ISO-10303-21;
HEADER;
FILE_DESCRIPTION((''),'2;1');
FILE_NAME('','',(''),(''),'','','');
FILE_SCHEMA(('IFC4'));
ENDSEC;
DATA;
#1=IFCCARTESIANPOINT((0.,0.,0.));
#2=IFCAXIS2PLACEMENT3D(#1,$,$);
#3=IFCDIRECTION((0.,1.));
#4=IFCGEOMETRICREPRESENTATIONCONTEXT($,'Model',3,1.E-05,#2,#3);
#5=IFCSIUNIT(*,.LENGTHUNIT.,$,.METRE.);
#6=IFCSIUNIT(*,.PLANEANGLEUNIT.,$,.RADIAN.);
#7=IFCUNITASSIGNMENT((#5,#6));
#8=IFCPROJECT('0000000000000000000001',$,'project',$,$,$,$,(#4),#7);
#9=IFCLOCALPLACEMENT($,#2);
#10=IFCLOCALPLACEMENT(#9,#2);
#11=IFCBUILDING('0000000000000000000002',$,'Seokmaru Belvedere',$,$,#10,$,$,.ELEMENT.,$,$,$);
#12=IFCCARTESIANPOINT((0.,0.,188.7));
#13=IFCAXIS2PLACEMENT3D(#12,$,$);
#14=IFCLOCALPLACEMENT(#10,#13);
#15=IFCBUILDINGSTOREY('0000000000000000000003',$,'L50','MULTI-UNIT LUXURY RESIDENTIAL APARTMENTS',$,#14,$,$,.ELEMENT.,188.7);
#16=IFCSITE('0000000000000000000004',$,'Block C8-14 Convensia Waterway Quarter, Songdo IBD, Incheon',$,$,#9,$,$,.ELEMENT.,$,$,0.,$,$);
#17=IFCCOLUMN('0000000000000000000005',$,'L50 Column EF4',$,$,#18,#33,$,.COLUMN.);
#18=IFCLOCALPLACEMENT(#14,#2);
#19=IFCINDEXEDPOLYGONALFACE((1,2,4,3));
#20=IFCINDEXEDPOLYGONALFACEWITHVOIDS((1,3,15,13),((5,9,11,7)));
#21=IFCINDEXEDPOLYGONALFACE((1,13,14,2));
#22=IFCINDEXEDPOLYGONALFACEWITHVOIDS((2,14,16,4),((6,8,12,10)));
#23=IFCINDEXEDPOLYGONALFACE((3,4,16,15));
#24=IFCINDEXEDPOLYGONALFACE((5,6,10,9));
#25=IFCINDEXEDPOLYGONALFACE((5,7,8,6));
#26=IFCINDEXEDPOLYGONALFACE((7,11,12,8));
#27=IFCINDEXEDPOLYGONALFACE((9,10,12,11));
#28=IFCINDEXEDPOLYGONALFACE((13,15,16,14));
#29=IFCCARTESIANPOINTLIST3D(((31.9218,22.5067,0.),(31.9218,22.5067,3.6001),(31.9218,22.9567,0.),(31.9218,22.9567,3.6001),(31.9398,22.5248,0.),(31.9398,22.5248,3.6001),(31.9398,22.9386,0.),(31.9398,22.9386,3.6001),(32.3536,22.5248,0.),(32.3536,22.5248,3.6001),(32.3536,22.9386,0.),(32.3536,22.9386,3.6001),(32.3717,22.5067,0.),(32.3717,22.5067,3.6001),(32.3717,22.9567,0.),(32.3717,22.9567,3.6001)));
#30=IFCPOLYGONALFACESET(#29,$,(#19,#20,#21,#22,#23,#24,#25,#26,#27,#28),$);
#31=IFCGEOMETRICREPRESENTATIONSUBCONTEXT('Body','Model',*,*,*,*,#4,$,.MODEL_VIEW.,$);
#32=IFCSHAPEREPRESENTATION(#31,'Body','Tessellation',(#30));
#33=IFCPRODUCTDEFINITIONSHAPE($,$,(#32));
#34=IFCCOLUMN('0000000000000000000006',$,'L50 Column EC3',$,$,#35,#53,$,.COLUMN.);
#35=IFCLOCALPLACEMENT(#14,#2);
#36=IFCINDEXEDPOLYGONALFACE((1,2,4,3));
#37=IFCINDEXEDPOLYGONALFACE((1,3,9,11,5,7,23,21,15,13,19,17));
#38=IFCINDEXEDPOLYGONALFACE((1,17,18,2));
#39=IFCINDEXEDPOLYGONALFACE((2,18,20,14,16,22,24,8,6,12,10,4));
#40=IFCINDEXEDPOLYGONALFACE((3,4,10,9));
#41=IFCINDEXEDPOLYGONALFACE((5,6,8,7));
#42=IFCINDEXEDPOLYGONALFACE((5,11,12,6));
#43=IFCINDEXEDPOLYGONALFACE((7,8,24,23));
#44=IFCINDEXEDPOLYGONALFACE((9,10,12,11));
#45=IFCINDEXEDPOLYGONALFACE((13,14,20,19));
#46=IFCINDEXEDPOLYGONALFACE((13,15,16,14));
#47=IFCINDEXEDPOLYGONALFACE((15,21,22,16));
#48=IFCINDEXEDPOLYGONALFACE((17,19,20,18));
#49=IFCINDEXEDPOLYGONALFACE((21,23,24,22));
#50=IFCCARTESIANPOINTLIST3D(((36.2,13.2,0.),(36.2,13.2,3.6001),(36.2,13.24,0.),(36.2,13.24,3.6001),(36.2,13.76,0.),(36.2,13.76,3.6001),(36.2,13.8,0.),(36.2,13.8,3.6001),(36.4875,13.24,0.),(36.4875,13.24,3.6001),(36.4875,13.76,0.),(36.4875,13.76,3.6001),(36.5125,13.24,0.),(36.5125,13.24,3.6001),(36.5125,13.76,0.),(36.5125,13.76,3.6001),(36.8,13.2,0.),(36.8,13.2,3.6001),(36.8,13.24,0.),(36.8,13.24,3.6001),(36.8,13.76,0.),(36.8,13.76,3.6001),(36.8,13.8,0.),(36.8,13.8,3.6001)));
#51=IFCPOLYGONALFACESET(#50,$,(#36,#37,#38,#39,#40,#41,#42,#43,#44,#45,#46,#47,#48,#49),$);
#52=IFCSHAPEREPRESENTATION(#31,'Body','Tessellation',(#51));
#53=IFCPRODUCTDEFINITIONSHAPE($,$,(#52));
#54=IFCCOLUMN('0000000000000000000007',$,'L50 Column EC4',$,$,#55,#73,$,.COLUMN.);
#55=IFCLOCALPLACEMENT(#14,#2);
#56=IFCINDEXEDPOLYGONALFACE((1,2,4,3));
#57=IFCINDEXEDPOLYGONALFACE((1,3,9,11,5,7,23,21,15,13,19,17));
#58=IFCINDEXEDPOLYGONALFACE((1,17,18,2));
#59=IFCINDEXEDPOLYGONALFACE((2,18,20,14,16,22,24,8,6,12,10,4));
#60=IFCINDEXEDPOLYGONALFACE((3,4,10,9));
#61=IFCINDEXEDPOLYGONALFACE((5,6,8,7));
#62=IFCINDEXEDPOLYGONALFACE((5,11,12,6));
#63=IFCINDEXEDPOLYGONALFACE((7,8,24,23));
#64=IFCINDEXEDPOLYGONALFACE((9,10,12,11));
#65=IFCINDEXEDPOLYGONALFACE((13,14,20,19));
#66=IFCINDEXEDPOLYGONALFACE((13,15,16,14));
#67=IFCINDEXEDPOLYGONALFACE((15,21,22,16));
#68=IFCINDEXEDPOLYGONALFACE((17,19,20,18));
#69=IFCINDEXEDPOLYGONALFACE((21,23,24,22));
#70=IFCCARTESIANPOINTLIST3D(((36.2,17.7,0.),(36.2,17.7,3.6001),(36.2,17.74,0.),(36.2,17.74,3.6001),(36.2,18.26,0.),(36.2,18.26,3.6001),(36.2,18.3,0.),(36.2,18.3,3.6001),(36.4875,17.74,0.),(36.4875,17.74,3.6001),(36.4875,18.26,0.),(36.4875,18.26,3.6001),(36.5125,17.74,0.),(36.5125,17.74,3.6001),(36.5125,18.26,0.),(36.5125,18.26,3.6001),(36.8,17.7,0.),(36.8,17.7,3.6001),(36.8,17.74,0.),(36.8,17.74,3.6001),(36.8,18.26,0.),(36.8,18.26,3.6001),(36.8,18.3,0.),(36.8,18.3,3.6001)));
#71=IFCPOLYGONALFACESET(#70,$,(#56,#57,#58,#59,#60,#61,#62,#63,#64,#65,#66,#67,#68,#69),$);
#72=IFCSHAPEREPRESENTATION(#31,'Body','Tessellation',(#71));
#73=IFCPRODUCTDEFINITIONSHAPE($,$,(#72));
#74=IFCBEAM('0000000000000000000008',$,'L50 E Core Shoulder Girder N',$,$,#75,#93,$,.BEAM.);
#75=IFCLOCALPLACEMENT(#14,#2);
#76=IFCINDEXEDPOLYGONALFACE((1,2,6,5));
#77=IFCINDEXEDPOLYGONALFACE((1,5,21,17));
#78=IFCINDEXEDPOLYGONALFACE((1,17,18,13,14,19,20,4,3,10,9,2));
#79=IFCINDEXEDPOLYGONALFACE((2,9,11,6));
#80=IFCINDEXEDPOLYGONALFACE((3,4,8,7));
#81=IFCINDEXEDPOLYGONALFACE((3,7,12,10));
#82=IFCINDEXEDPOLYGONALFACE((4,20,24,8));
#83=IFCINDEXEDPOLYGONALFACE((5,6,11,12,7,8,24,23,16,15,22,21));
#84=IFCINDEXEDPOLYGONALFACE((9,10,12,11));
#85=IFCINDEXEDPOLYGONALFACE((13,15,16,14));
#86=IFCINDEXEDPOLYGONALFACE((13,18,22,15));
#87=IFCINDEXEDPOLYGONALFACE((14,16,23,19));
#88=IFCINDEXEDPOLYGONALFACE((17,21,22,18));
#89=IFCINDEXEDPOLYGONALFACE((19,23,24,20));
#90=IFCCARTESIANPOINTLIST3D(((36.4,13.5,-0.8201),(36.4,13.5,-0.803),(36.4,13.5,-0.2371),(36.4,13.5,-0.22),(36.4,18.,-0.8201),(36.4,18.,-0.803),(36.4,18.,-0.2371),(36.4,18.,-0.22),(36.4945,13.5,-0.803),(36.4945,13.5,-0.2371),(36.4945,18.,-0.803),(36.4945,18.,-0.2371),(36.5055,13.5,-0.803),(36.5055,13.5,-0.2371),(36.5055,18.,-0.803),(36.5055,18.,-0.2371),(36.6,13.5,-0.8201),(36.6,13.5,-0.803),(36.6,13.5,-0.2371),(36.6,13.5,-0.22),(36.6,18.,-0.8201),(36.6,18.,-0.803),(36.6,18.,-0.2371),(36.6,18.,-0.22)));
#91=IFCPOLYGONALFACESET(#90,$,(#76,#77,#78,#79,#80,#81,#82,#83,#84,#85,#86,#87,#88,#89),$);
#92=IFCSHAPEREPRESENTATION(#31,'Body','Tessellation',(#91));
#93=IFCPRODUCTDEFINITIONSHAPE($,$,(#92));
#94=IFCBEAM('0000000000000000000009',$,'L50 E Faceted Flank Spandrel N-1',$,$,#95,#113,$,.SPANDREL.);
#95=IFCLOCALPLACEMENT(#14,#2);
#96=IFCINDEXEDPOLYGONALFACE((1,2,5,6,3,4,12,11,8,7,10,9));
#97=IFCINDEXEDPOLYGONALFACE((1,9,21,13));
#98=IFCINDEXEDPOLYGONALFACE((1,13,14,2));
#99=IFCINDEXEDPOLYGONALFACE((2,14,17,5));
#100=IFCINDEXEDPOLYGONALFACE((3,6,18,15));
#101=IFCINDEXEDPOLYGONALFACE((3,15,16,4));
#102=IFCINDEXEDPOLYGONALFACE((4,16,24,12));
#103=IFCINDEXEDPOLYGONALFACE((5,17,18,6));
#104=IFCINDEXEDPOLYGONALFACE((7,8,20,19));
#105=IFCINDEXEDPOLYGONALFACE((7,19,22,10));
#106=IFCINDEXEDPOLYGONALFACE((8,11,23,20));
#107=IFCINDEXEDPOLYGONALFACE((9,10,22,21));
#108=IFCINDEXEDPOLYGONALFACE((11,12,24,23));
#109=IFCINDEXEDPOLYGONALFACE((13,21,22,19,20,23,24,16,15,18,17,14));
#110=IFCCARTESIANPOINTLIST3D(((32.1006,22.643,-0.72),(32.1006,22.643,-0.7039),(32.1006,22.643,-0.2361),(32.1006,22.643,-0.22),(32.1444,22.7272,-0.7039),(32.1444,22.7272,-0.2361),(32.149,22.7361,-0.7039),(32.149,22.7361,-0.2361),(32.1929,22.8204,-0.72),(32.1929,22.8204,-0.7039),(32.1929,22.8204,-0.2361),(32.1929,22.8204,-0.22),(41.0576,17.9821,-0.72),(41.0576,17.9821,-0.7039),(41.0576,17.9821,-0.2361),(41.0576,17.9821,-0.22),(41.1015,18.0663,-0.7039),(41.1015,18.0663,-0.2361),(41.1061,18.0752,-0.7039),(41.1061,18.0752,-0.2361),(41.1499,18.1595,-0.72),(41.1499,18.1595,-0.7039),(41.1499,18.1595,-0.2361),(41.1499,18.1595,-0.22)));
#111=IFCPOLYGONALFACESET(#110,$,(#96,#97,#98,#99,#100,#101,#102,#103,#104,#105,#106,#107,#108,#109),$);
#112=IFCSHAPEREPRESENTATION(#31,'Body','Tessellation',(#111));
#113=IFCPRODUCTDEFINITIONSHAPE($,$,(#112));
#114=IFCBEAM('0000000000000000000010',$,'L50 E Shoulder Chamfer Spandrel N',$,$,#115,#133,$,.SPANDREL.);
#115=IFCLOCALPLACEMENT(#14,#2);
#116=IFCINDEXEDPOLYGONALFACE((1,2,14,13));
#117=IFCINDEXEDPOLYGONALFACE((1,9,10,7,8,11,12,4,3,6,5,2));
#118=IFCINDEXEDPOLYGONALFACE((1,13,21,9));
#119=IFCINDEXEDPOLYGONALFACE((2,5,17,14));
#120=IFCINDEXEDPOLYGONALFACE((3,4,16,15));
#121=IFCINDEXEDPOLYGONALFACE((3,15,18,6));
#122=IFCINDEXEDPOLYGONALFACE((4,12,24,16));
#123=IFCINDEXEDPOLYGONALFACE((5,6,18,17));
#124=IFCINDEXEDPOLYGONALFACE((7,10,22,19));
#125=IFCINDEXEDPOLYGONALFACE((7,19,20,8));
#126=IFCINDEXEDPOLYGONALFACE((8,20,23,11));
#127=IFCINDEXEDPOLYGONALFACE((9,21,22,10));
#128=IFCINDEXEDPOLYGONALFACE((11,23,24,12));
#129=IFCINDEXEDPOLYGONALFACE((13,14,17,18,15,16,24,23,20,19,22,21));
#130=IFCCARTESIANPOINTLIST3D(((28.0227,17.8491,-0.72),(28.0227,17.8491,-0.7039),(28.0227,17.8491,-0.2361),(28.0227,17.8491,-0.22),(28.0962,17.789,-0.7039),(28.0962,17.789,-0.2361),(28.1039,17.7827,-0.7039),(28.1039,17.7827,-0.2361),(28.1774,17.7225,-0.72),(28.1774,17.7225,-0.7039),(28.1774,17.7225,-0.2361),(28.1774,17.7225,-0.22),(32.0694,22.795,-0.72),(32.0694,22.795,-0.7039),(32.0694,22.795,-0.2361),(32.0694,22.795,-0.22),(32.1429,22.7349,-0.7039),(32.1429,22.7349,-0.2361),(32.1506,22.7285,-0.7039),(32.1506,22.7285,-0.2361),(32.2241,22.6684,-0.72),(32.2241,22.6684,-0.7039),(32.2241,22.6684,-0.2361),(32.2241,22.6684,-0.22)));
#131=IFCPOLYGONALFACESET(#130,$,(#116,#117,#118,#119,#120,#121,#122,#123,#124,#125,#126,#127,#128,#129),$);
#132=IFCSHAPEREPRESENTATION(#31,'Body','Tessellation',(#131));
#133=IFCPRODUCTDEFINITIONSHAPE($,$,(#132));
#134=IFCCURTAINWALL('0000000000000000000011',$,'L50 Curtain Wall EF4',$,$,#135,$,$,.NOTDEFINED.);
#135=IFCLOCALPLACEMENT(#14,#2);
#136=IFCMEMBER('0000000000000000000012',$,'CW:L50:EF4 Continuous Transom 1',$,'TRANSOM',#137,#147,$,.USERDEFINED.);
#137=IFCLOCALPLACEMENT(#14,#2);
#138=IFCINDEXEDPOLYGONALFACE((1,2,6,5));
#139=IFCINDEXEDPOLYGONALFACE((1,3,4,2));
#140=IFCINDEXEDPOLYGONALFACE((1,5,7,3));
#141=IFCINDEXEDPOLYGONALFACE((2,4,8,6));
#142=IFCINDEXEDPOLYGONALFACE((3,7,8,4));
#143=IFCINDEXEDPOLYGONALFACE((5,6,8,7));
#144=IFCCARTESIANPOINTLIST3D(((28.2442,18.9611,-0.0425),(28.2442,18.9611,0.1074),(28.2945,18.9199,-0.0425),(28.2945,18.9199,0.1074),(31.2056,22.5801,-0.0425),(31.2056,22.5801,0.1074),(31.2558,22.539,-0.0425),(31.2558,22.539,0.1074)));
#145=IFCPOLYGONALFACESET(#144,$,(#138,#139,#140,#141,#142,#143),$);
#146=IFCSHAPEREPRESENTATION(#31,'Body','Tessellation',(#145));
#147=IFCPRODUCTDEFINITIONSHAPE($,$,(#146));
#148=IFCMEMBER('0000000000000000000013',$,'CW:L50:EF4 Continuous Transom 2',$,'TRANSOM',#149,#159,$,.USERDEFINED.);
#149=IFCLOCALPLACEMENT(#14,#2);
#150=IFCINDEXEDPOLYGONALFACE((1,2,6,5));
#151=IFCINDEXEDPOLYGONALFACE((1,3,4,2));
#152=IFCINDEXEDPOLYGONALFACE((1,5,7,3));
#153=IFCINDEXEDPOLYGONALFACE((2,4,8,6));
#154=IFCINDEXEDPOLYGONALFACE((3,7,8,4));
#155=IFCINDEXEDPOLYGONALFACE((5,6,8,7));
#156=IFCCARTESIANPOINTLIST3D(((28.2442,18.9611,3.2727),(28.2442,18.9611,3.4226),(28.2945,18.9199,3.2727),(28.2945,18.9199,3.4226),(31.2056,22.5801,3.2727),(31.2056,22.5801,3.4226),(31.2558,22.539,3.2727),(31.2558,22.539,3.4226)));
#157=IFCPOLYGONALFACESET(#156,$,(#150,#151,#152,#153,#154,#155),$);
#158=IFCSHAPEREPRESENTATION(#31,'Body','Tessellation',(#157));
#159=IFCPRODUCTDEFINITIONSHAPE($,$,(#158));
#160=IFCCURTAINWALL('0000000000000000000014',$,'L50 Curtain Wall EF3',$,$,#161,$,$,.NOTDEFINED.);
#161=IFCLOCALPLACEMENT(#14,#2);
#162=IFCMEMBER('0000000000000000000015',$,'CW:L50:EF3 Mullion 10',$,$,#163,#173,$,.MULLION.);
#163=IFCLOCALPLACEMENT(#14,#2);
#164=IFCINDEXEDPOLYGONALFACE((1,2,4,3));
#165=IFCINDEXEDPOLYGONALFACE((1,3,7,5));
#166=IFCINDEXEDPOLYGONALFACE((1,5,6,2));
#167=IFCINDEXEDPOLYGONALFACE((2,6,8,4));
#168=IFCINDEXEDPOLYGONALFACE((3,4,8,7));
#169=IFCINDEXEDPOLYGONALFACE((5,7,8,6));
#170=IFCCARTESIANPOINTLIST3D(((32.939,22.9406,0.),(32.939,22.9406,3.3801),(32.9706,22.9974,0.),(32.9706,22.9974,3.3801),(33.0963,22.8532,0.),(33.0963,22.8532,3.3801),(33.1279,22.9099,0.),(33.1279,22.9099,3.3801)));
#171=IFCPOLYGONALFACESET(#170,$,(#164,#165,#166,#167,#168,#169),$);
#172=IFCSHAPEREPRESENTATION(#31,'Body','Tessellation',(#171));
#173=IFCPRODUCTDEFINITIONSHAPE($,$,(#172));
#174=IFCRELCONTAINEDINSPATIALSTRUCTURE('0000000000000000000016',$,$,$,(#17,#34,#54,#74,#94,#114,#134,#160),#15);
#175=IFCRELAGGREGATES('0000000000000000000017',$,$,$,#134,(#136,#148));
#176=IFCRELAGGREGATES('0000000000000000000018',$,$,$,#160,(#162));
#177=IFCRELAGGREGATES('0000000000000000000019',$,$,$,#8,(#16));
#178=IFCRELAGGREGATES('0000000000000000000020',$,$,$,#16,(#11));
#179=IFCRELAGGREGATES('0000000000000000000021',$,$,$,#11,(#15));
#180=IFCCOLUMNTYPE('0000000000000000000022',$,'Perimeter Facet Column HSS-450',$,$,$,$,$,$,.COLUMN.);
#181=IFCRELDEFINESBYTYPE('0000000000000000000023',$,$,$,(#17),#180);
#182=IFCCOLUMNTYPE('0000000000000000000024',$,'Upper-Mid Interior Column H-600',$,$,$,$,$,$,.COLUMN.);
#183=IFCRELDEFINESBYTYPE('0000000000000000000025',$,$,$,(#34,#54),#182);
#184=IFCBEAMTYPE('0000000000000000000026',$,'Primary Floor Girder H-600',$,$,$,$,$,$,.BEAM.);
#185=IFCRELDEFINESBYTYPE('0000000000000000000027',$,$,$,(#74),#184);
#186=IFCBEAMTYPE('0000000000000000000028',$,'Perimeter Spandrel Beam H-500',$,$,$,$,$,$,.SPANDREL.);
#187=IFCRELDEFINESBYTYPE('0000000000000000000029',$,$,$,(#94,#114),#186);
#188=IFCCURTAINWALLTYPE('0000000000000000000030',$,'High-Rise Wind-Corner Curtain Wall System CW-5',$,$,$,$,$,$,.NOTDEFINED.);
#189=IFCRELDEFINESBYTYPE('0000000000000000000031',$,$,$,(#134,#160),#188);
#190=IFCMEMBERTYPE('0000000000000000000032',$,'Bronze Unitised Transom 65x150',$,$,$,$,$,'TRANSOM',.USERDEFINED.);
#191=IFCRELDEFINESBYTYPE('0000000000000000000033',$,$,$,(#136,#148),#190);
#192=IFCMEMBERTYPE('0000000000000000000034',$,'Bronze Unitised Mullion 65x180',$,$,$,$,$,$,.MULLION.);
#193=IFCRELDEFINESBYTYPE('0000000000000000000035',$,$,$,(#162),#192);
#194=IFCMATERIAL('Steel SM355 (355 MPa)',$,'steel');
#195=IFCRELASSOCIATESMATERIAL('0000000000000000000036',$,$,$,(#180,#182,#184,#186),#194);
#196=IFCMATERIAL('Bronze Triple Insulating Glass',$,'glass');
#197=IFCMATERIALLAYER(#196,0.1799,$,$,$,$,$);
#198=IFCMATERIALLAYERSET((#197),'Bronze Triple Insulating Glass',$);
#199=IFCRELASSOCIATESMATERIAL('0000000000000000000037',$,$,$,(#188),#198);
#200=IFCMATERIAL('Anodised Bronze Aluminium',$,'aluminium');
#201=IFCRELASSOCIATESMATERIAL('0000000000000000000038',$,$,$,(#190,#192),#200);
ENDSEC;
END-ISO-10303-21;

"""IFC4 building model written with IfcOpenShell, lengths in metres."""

from ifc_helpers import new_model, si_unit, direction, frame, origin, origin_2d, place, context, subcontext, project, spatial, rectangle, hollow_rectangle, i_section, extrude, source, transform, mapped, material, layer, layer_set, material_profile, profile_set, type_object, type_shapes, element, aggregate, save


model = new_model("IFC4")

# Units and contexts
model_context = context("Model", 3, precision=1e-05, world=origin(), true_north=direction((0.0, 1.0)))
body_context = subcontext(model_context, "Body", "Model", "MODEL_VIEW")
ifc_project = project(units=[si_unit("LENGTHUNIT", "METRE"), si_unit("PLANEANGLEUNIT", "RADIAN")], contexts=[model_context])

# Site, building, storey
site_placement = place(None, origin())
site = spatial("IfcSite", under=ifc_project, at=site_placement, Name="Block C8-14 Convensia Waterway Quarter, Songdo IBD, Incheon", CompositionType="ELEMENT", RefElevation=0.0)
building_placement = place(site_placement, origin())
building = spatial("IfcBuilding", under=site, at=building_placement, Name="Seokmaru Belvedere", CompositionType="ELEMENT")
storey_placement = place(building_placement, frame((0.0, 0.0, 188.7)))
storey = spatial("IfcBuildingStorey", under=building, at=storey_placement, Name="L50", Description="MULTI-UNIT LUXURY RESIDENTIAL APARTMENTS", CompositionType="ELEMENT", Elevation=188.7)

# Columns
ifc_material_1 = material(Name="Steel SM355 (355 MPa)", Category="steel")
ifc_material_profile_1 = material_profile(ifc_material_1, hollow_rectangle(XDim=0.45, YDim=0.45, WallThickness=0.0181, at=origin_2d()), Name="HSS-450x450x18")
ifc_profile_set_1 = profile_set([ifc_material_profile_1], Name="Steel SM355 (355 MPa)")
column_type_1 = type_object("IfcColumnType", Name="Perimeter Facet Column HSS-450", PredefinedType="COLUMN", material=ifc_profile_set_1)
shared_shape_1 = source(origin(), body_context, "Body", "SweptSolid", [
    extrude(hollow_rectangle(XDim=0.45, YDim=0.45, WallThickness=0.0181, at=origin_2d()), origin(), (0.0, 0.0, 1.0), 3.6001),
])
type_shapes(column_type_1, [shared_shape_1])
column_placement = place(storey_placement, frame((32.1467, 22.7317, 0.0), z_axis=(0.0, 0.0, 1.0), x_axis=(1.0, 0.0, 0.0)))
element("IfcColumn", 1, at=column_placement, inside=storey, type_object=column_type_1, Name="L50 Column EF4", PredefinedType="COLUMN", context=body_context, shape_type="MappedRepresentation", body=[
    mapped(shared_shape_1, transform((0.0, 0.0, 0.0), scale=1.0)),
])
ifc_material_profile_2 = material_profile(ifc_material_1, i_section(OverallWidth=0.6001, OverallDepth=0.6001, WebThickness=0.0249, FlangeThickness=0.04, at=origin_2d()), Name="H-600x600x25x40")
ifc_profile_set_2 = profile_set([ifc_material_profile_2], Name="Steel SM355 (355 MPa)")
column_type_2 = type_object("IfcColumnType", Name="Upper-Mid Interior Column H-600", PredefinedType="COLUMN", material=ifc_profile_set_2)
shared_shape_2 = source(origin(), body_context, "Body", "SweptSolid", [
    extrude(i_section(OverallWidth=0.6001, OverallDepth=0.6001, WebThickness=0.0249, FlangeThickness=0.04, at=origin_2d()), origin(), (0.0, 0.0, 1.0), 3.6001),
])
type_shapes(column_type_2, [shared_shape_2])
for number, where, z_axis, x_axis, name in (
    (2, (36.5, 13.5, 0.0), (0.0, 0.0, 1.0), (1.0, 0.0, 0.0), "L50 Column EC3"),
    (3, (36.5, 18.0, 0.0), (0.0, 0.0, 1.0), (1.0, 0.0, 0.0), "L50 Column EC4"),
):
    element("IfcColumn", number, at=place(storey_placement, frame(where, z_axis=z_axis, x_axis=x_axis)), inside=storey, type_object=column_type_2, Name=name, PredefinedType="COLUMN", context=body_context, shape_type="MappedRepresentation", body=[
        mapped(shared_shape_2, transform((0.0, 0.0, 0.0), scale=1.0)),
    ])

# Beams
ifc_material_profile_3 = material_profile(ifc_material_1, i_section(OverallWidth=0.2, OverallDepth=0.6001, WebThickness=0.011, FlangeThickness=0.0171, at=origin_2d()), Name="H-600x200x11x17")
ifc_profile_set_3 = profile_set([ifc_material_profile_3], Name="Steel SM355 (355 MPa)")
beam_type_1 = type_object("IfcBeamType", Name="Primary Floor Girder H-600", PredefinedType="BEAM", material=ifc_profile_set_3)
shared_shape_3 = source(origin(), body_context, "Body", "SweptSolid", [
    extrude(i_section(OverallWidth=0.2, OverallDepth=0.6001, WebThickness=0.011, FlangeThickness=0.0171, at=origin_2d()), origin(), (0.0, 0.0, 1.0), 4.5),
])
type_shapes(beam_type_1, [shared_shape_3])
beam_1_placement = place(storey_placement, frame((36.5, 13.5, -0.52), z_axis=(0.0, 1.0, 0.0), x_axis=(-1.0, 0.0, 0.0)))
element("IfcBeam", 4, at=beam_1_placement, inside=storey, type_object=beam_type_1, Name="L50 E Core Shoulder Girder N", PredefinedType="BEAM", context=body_context, shape_type="MappedRepresentation", body=[
    mapped(shared_shape_3, transform((0.0, 0.0, 0.0), scale=1.0)),
])
ifc_material_profile_4 = material_profile(ifc_material_1, i_section(OverallWidth=0.2, OverallDepth=0.5, WebThickness=0.01, FlangeThickness=0.0161, at=origin_2d()), Name="H-500x200x10x16")
ifc_profile_set_4 = profile_set([ifc_material_profile_4], Name="Steel SM355 (355 MPa)")
beam_type_2 = type_object("IfcBeamType", Name="Perimeter Spandrel Beam H-500", PredefinedType="SPANDREL", material=ifc_profile_set_4)
shared_shape_4 = source(origin(), body_context, "Body", "SweptSolid", [
    extrude(i_section(OverallWidth=0.2, OverallDepth=0.5, WebThickness=0.01, FlangeThickness=0.0161, at=origin_2d()), origin(), (0.0, 0.0, 1.0), 10.0972),
])
beam_2_placement = place(storey_placement, frame((32.1467, 22.7317, -0.47), z_axis=(0.887086, -0.461605, 0.0), x_axis=(0.461605, 0.887086, 0.0)))
element("IfcBeam", 5, at=beam_2_placement, inside=storey, type_object=beam_type_2, Name="L50 E Faceted Flank Spandrel N-1", PredefinedType="SPANDREL", context=body_context, shape_type="MappedRepresentation", body=[
    mapped(shared_shape_4, transform((0.0, 0.0, 0.0), scale=1.0)),
])
shared_shape_5 = source(origin(), body_context, "Body", "SweptSolid", [
    extrude(i_section(OverallWidth=0.2, OverallDepth=0.5, WebThickness=0.01, FlangeThickness=0.0161, at=origin_2d()), origin(), (0.0, 0.0, 1.0), 6.3904),
])
type_shapes(beam_type_2, [shared_shape_4, shared_shape_5])
beam_3_placement = place(storey_placement, frame((32.1467, 22.7317, -0.47), z_axis=(-0.633244, -0.773952, 0.0), x_axis=(0.773952, -0.633244, 0.0)))
element("IfcBeam", 6, at=beam_3_placement, inside=storey, type_object=beam_type_2, Name="L50 E Shoulder Chamfer Spandrel N", PredefinedType="SPANDREL", context=body_context, shape_type="MappedRepresentation", body=[
    mapped(shared_shape_5, transform((0.0, 0.0, 0.0), scale=1.0)),
])

# Curtain wall, members
ifc_material_2 = material(Name="Bronze Triple Insulating Glass", Category="glass")
ifc_layer_1 = layer(ifc_material_2, 0.1799)
ifc_layer_set_1 = layer_set([ifc_layer_1], Name="Bronze Triple Insulating Glass")
curtain_wall_type = type_object("IfcCurtainWallType", Name="High-Rise Wind-Corner Curtain Wall System CW-5", PredefinedType="NOTDEFINED", material=ifc_layer_set_1)
curtain_wall_1_placement = place(storey_placement, origin())
curtain_wall_1 = element("IfcCurtainWall", 7, at=curtain_wall_1_placement, inside=storey, type_object=curtain_wall_type, Name="L50 Curtain Wall EF4", PredefinedType="NOTDEFINED")
ifc_material_3 = material(Name="Anodised Bronze Aluminium", Category="aluminium")
ifc_material_profile_5 = material_profile(ifc_material_3, rectangle(XDim=0.0649, YDim=0.1499, at=origin_2d()), Name="CW-T-65x150")
ifc_profile_set_5 = profile_set([ifc_material_profile_5], Name="Anodised Bronze Aluminium")
member_type_1 = type_object("IfcMemberType", Name="Bronze Unitised Transom 65x150", ElementType="TRANSOM", PredefinedType="USERDEFINED", material=ifc_profile_set_5)
shared_shape_6 = source(origin(), body_context, "Body", "SweptSolid", [
    extrude(rectangle(XDim=0.0649, YDim=0.1499, at=origin_2d()), origin(), (0.0, 0.0, 1.0), 4.6763),
])
type_shapes(member_type_1, [shared_shape_6])
member_1_placement = place(storey_placement, frame((31.2307, 22.5596, 0.0325), z_axis=(-0.633278, -0.773925, 0.0), x_axis=(0.773925, -0.633278, 0.0)))
member_1 = element("IfcMember", 8, at=member_1_placement, type_object=member_type_1, Name="CW:L50:EF4 Continuous Transom 1", ObjectType="TRANSOM", PredefinedType="USERDEFINED", context=body_context, shape_type="MappedRepresentation", body=[
    mapped(shared_shape_6, transform((0.0, 0.0, 0.0), scale=1.0)),
])
member_2_placement = place(storey_placement, frame((31.2307, 22.5596, 3.3477), z_axis=(-0.633278, -0.773925, 0.0), x_axis=(0.773925, -0.633278, 0.0)))
member_2 = element("IfcMember", 9, at=member_2_placement, type_object=member_type_1, Name="CW:L50:EF4 Continuous Transom 2", ObjectType="TRANSOM", PredefinedType="USERDEFINED", context=body_context, shape_type="MappedRepresentation", body=[
    mapped(shared_shape_6, transform((0.0, 0.0, 0.0), scale=1.0)),
])

# Curtain wall, member
curtain_wall_2_placement = place(storey_placement, origin())
curtain_wall_2 = element("IfcCurtainWall", 10, at=curtain_wall_2_placement, inside=storey, type_object=curtain_wall_type, Name="L50 Curtain Wall EF3", PredefinedType="NOTDEFINED")
ifc_material_profile_6 = material_profile(ifc_material_3, rectangle(XDim=0.0649, YDim=0.1799, at=origin_2d()), Name="CW-M-65x180")
ifc_profile_set_6 = profile_set([ifc_material_profile_6], Name="Anodised Bronze Aluminium")
member_type_2 = type_object("IfcMemberType", Name="Bronze Unitised Mullion 65x180", PredefinedType="MULLION", material=ifc_profile_set_6)
shared_shape_7 = source(origin(), body_context, "Body", "SweptSolid", [
    extrude(rectangle(XDim=0.0649, YDim=0.1799, at=origin_2d()), origin(), (0.0, 0.0, 1.0), 3.3801),
])
type_shapes(member_type_2, [shared_shape_7])
member_3_placement = place(storey_placement, frame((33.0334, 22.9253, 0.0), z_axis=(0.0, 0.0, 1.0), x_axis=(-0.486047, -0.873933, 0.0)))
member_3 = element("IfcMember", 11, at=member_3_placement, type_object=member_type_2, Name="CW:L50:EF3 Mullion 10", PredefinedType="MULLION", context=body_context, shape_type="MappedRepresentation", body=[
    mapped(shared_shape_7, transform((0.0, 0.0, 0.0), scale=1.0)),
])

aggregate(curtain_wall_1, [member_1, member_2])
aggregate(curtain_wall_2, [member_3])

save(model, "model.ifc")
